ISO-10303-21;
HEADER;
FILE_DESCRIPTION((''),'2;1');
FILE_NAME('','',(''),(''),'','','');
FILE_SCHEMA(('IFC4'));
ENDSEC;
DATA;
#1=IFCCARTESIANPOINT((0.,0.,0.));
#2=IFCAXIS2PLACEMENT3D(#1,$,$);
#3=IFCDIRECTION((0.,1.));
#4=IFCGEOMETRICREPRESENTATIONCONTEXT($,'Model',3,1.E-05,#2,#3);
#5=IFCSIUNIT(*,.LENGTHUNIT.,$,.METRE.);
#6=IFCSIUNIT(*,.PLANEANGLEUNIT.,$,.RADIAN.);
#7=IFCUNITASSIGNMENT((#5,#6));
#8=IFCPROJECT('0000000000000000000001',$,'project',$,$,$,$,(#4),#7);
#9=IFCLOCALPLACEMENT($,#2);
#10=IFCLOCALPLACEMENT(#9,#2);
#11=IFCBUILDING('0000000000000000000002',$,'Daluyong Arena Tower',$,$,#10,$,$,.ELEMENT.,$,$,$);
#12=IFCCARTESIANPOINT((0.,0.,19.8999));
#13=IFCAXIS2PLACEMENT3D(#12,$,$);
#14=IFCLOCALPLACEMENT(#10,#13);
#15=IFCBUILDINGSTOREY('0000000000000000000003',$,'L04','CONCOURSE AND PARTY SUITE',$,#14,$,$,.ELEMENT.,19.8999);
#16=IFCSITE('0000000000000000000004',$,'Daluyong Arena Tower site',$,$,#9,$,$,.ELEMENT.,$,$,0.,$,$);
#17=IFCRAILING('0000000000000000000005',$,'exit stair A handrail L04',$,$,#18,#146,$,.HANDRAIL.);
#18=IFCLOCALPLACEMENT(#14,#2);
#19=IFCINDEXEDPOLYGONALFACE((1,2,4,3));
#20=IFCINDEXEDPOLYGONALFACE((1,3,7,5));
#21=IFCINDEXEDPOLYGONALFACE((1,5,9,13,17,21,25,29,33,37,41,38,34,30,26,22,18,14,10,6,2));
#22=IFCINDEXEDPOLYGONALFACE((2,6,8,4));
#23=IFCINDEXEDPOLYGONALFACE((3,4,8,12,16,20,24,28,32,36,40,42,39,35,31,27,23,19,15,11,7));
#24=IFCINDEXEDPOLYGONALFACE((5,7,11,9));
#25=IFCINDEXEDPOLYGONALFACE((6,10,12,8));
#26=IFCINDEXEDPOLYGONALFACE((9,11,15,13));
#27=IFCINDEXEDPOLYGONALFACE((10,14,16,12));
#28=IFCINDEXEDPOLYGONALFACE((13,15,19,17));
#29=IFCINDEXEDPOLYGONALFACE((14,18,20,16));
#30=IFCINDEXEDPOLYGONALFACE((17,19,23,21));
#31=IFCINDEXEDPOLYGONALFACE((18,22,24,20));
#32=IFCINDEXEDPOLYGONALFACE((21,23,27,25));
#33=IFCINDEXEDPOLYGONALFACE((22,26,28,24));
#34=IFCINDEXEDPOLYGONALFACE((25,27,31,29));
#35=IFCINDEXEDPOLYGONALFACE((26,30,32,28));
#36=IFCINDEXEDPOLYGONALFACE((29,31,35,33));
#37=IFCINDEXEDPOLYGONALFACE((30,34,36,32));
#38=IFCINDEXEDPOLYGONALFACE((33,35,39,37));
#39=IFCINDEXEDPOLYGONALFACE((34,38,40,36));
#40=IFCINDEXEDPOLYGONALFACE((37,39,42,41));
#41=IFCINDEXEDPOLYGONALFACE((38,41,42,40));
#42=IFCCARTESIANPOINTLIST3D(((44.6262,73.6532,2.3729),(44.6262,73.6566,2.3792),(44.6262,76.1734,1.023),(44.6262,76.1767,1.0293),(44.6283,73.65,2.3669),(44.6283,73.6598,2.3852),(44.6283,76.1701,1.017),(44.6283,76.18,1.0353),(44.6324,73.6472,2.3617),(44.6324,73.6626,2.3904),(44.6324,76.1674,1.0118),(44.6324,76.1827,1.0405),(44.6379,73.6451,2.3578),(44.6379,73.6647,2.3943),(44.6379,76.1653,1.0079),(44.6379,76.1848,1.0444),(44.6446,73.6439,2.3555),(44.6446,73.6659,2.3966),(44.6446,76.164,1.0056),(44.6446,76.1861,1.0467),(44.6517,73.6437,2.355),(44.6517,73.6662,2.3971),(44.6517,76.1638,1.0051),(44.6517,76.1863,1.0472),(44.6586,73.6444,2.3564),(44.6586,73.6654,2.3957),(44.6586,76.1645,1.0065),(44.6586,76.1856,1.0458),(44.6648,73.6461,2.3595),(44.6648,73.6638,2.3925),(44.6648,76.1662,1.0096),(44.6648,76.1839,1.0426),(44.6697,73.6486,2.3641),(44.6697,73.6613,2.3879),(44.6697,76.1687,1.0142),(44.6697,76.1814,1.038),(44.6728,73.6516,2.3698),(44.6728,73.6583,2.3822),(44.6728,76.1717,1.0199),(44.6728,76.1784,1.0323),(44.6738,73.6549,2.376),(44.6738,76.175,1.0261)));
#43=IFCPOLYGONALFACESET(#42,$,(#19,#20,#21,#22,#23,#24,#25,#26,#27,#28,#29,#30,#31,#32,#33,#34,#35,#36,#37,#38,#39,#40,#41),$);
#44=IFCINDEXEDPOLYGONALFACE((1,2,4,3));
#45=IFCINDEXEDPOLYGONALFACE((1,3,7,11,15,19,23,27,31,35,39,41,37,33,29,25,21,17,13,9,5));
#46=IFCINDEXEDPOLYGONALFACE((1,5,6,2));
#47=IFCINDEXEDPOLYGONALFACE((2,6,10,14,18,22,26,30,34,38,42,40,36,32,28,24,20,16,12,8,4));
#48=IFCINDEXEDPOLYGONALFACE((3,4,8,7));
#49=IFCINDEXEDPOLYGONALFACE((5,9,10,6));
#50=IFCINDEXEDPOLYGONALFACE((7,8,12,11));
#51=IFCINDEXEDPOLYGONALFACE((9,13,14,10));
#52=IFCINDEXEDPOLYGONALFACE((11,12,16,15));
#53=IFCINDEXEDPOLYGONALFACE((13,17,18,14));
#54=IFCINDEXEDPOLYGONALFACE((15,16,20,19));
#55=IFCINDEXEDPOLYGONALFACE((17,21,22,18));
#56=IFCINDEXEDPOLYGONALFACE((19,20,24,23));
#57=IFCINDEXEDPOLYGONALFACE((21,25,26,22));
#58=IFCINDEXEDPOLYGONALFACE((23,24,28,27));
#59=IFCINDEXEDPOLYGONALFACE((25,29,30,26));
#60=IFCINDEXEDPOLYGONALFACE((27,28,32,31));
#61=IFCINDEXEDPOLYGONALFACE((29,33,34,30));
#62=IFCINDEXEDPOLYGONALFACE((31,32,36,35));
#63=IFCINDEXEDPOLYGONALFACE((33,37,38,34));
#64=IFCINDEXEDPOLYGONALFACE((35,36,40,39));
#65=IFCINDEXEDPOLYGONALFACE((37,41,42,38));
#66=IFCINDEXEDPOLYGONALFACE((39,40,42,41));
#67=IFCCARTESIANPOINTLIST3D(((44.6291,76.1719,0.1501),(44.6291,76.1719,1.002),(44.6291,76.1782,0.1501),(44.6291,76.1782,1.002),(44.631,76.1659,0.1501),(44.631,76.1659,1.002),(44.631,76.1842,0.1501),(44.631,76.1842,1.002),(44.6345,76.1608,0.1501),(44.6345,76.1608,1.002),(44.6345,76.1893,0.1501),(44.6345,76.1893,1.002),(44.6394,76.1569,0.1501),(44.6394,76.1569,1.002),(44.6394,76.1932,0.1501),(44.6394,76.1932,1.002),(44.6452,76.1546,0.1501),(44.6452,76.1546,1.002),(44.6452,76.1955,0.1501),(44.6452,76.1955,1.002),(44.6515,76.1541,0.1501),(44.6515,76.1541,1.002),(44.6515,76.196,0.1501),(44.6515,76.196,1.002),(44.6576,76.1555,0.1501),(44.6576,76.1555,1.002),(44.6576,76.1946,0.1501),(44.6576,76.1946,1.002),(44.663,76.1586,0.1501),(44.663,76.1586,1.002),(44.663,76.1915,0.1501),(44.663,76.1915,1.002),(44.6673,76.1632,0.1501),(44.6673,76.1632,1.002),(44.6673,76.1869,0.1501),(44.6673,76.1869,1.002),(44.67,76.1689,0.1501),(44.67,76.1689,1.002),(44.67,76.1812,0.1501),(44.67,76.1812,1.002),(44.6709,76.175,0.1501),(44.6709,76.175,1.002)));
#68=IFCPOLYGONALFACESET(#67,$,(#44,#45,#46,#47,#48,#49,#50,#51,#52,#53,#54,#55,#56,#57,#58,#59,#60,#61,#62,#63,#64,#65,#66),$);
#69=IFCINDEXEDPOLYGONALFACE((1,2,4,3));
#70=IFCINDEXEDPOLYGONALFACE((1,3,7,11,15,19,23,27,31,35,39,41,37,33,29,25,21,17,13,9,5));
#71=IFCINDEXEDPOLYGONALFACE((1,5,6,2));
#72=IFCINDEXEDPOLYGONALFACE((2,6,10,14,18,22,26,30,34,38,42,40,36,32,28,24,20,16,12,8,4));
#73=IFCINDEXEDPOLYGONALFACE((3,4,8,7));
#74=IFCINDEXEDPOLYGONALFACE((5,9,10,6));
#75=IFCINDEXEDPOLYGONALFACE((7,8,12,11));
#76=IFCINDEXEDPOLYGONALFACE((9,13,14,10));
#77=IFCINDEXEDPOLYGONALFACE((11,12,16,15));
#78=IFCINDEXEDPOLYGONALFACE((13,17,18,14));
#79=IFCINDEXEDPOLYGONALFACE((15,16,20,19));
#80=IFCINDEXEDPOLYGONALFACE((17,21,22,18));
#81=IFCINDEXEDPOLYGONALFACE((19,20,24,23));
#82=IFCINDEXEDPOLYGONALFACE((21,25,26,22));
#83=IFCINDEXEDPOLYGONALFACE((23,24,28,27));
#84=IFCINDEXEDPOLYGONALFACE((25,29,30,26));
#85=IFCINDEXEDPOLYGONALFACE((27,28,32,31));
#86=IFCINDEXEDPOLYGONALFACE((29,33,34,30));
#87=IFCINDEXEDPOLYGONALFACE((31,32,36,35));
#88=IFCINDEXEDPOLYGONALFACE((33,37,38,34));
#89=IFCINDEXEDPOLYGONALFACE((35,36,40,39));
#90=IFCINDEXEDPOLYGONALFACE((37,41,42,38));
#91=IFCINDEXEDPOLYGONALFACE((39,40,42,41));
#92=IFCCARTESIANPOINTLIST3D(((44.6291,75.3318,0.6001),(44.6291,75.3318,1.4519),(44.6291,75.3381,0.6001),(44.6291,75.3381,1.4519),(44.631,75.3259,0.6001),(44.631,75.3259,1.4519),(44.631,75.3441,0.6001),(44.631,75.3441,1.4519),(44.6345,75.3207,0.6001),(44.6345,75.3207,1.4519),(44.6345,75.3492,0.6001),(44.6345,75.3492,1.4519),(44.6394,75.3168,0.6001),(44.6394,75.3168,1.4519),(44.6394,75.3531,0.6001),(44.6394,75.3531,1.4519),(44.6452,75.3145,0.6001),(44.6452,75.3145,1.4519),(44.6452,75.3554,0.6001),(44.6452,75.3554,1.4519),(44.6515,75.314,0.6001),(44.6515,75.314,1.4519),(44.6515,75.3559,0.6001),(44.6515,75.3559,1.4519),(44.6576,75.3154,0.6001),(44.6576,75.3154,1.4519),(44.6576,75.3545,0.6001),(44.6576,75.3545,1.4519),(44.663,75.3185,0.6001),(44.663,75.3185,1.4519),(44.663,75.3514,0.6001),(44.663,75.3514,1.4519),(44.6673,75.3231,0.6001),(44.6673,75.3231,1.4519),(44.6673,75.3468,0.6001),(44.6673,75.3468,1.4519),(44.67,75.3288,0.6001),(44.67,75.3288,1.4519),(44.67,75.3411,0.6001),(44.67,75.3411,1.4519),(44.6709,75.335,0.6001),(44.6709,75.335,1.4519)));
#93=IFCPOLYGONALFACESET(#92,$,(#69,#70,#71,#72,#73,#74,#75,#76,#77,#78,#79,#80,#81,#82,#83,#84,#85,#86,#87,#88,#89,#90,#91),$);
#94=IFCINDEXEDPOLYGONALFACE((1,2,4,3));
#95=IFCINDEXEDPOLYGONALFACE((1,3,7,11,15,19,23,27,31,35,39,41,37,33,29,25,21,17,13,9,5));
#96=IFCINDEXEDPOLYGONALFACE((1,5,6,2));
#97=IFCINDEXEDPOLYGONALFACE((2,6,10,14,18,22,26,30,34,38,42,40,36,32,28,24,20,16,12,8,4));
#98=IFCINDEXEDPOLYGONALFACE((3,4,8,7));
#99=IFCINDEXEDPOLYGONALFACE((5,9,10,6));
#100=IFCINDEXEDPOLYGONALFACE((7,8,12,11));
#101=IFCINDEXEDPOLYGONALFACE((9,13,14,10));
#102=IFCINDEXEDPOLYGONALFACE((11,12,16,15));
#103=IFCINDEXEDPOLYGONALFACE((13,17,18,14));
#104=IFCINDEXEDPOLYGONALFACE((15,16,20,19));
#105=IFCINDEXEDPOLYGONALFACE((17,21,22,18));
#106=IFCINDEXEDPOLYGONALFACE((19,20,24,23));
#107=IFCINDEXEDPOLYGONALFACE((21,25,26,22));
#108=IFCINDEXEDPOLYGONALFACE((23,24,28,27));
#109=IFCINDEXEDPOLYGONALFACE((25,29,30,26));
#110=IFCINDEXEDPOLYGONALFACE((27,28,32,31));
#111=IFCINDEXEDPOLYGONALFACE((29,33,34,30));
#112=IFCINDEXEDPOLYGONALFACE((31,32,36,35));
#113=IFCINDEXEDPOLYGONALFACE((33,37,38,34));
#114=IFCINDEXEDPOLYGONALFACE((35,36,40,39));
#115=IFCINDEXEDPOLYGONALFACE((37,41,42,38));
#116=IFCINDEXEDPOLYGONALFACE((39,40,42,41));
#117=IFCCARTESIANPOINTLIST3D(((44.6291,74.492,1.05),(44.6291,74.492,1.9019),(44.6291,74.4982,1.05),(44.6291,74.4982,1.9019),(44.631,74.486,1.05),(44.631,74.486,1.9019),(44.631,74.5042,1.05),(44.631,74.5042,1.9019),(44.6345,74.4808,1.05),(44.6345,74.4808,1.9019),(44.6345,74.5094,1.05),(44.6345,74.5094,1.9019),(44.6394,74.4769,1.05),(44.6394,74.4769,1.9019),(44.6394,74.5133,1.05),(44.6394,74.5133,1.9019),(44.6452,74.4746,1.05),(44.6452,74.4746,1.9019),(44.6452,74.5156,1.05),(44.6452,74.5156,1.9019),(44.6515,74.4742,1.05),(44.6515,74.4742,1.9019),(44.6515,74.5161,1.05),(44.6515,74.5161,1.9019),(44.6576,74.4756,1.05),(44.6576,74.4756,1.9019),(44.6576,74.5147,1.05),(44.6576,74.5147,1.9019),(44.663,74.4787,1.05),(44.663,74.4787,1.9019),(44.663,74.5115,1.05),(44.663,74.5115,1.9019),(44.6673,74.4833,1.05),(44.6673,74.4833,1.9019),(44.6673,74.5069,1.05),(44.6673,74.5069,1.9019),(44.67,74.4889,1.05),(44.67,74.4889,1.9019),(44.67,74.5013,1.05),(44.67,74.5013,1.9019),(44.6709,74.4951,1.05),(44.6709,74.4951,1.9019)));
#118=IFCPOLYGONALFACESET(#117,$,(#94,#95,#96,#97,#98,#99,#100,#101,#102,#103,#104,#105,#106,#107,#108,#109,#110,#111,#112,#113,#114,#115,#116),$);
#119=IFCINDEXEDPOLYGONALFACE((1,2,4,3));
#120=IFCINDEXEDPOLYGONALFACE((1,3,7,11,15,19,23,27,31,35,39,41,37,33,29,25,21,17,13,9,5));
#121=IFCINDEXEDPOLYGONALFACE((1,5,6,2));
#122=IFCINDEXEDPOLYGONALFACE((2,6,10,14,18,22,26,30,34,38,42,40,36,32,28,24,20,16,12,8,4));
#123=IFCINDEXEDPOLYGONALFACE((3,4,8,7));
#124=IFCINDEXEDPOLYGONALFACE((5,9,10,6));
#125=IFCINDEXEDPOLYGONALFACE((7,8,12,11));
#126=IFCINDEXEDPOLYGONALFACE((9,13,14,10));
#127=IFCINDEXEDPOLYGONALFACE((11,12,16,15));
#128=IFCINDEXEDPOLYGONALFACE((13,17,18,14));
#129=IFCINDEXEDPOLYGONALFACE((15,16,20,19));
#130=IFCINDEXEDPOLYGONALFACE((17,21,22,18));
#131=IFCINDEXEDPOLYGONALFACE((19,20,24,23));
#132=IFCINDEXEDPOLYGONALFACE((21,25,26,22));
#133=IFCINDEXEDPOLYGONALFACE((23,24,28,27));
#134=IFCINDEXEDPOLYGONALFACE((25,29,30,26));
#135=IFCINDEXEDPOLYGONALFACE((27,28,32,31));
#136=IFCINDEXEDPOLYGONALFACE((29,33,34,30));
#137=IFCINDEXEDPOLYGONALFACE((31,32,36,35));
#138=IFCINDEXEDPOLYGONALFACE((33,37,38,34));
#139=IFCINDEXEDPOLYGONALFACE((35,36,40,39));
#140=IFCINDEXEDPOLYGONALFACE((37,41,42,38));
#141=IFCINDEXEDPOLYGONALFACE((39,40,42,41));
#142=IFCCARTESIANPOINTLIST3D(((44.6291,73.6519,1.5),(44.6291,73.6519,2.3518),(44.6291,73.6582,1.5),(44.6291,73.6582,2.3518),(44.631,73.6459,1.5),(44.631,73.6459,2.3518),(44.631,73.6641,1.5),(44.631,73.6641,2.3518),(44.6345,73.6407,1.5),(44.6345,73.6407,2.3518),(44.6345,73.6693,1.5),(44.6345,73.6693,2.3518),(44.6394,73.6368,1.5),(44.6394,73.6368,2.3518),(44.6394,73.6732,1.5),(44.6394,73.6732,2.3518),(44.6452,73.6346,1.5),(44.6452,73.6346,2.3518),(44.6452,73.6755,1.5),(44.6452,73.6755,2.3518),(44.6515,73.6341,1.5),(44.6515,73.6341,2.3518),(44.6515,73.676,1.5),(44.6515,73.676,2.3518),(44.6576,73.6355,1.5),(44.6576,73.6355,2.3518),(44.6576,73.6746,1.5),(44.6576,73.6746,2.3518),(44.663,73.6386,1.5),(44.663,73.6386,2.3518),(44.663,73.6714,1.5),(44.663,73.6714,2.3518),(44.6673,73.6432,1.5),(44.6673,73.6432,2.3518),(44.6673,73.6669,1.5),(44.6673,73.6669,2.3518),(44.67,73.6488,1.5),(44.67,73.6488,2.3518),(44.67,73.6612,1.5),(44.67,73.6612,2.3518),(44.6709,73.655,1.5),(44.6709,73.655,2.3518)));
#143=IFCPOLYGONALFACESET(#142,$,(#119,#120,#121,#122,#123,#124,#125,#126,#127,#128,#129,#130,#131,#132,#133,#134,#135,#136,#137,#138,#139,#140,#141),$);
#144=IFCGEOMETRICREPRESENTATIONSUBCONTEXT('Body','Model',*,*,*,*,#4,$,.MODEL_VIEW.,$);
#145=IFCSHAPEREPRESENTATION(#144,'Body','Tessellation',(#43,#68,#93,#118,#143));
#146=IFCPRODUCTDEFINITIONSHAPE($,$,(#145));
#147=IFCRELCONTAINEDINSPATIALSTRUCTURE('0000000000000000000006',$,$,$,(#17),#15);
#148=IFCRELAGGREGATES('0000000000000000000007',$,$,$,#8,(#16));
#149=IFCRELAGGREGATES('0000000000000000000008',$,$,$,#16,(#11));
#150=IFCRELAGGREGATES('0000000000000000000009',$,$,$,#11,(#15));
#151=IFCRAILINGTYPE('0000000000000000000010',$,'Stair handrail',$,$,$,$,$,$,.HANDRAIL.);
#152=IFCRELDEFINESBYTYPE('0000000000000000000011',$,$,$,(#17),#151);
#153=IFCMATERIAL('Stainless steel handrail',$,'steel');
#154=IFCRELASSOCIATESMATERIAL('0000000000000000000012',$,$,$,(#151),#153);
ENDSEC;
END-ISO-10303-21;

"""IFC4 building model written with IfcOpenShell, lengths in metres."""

from ifc_helpers import new_model, si_unit, direction, frame, origin, origin_2d, place, context, subcontext, project, spatial, circle, extrude, material, type_object, element, save


model = new_model("IFC4")

# Units and contexts
model_context = context("Model", 3, precision=1e-05, world=origin(), true_north=direction((0.0, 1.0)))
body_context = subcontext(model_context, "Body", "Model", "MODEL_VIEW")
ifc_project = project(units=[si_unit("LENGTHUNIT", "METRE"), si_unit("PLANEANGLEUNIT", "RADIAN")], contexts=[model_context])

# Site, building, storey
site_placement = place(None, origin())
site = spatial("IfcSite", under=ifc_project, at=site_placement, Name="Daluyong Arena Tower site", CompositionType="ELEMENT", RefElevation=0.0)
building_placement = place(site_placement, origin())
building = spatial("IfcBuilding", under=site, at=building_placement, Name="Daluyong Arena Tower", CompositionType="ELEMENT")
storey_placement = place(building_placement, frame((0.0, 0.0, 19.8999)))
storey = spatial("IfcBuildingStorey", under=building, at=storey_placement, Name="L04", Description="CONCOURSE AND PARTY SUITE", CompositionType="ELEMENT", Elevation=19.8999)

# Railing
ifc_material_1 = material(Name="Stainless steel handrail", Category="steel")
railing_type_1 = type_object("IfcRailingType", Name="Stair handrail", PredefinedType="HANDRAIL", material=ifc_material_1)
for number, where, name in (
    (1, (44.6499, 76.175, 0.1501), "exit stair A handrail L04"),
):
    element("IfcRailing", number, at=place(storey_placement, frame(where)), inside=storey, type_object=railing_type_1, Name=name, PredefinedType="HANDRAIL", context=body_context, shape_type="SweptSolid", body=[
        extrude(circle(Radius=0.0239, at=origin_2d()), frame((0.0, 0.0, 0.876), z_axis=(0.0, -0.881503, 0.472179), x_axis=(1.0, 0.0, 0.0)), (0.0, 0.0, 1.0), 2.8589),
        extrude(circle(Radius=0.021, at=origin_2d()), origin(), (0.0, 0.0, 1.0), 0.8518),
        extrude(circle(Radius=0.021, at=origin_2d()), frame((0.0, -0.8401, 0.45)), (0.0, 0.0, 1.0), 0.8518),
        extrude(circle(Radius=0.021, at=origin_2d()), frame((0.0, -1.6799, 0.8999)), (0.0, 0.0, 1.0), 0.8518),
        extrude(circle(Radius=0.021, at=origin_2d()), frame((0.0, -2.52, 1.3499)), (0.0, 0.0, 1.0), 0.8518),
    ])

save(model, "model.ifc")
